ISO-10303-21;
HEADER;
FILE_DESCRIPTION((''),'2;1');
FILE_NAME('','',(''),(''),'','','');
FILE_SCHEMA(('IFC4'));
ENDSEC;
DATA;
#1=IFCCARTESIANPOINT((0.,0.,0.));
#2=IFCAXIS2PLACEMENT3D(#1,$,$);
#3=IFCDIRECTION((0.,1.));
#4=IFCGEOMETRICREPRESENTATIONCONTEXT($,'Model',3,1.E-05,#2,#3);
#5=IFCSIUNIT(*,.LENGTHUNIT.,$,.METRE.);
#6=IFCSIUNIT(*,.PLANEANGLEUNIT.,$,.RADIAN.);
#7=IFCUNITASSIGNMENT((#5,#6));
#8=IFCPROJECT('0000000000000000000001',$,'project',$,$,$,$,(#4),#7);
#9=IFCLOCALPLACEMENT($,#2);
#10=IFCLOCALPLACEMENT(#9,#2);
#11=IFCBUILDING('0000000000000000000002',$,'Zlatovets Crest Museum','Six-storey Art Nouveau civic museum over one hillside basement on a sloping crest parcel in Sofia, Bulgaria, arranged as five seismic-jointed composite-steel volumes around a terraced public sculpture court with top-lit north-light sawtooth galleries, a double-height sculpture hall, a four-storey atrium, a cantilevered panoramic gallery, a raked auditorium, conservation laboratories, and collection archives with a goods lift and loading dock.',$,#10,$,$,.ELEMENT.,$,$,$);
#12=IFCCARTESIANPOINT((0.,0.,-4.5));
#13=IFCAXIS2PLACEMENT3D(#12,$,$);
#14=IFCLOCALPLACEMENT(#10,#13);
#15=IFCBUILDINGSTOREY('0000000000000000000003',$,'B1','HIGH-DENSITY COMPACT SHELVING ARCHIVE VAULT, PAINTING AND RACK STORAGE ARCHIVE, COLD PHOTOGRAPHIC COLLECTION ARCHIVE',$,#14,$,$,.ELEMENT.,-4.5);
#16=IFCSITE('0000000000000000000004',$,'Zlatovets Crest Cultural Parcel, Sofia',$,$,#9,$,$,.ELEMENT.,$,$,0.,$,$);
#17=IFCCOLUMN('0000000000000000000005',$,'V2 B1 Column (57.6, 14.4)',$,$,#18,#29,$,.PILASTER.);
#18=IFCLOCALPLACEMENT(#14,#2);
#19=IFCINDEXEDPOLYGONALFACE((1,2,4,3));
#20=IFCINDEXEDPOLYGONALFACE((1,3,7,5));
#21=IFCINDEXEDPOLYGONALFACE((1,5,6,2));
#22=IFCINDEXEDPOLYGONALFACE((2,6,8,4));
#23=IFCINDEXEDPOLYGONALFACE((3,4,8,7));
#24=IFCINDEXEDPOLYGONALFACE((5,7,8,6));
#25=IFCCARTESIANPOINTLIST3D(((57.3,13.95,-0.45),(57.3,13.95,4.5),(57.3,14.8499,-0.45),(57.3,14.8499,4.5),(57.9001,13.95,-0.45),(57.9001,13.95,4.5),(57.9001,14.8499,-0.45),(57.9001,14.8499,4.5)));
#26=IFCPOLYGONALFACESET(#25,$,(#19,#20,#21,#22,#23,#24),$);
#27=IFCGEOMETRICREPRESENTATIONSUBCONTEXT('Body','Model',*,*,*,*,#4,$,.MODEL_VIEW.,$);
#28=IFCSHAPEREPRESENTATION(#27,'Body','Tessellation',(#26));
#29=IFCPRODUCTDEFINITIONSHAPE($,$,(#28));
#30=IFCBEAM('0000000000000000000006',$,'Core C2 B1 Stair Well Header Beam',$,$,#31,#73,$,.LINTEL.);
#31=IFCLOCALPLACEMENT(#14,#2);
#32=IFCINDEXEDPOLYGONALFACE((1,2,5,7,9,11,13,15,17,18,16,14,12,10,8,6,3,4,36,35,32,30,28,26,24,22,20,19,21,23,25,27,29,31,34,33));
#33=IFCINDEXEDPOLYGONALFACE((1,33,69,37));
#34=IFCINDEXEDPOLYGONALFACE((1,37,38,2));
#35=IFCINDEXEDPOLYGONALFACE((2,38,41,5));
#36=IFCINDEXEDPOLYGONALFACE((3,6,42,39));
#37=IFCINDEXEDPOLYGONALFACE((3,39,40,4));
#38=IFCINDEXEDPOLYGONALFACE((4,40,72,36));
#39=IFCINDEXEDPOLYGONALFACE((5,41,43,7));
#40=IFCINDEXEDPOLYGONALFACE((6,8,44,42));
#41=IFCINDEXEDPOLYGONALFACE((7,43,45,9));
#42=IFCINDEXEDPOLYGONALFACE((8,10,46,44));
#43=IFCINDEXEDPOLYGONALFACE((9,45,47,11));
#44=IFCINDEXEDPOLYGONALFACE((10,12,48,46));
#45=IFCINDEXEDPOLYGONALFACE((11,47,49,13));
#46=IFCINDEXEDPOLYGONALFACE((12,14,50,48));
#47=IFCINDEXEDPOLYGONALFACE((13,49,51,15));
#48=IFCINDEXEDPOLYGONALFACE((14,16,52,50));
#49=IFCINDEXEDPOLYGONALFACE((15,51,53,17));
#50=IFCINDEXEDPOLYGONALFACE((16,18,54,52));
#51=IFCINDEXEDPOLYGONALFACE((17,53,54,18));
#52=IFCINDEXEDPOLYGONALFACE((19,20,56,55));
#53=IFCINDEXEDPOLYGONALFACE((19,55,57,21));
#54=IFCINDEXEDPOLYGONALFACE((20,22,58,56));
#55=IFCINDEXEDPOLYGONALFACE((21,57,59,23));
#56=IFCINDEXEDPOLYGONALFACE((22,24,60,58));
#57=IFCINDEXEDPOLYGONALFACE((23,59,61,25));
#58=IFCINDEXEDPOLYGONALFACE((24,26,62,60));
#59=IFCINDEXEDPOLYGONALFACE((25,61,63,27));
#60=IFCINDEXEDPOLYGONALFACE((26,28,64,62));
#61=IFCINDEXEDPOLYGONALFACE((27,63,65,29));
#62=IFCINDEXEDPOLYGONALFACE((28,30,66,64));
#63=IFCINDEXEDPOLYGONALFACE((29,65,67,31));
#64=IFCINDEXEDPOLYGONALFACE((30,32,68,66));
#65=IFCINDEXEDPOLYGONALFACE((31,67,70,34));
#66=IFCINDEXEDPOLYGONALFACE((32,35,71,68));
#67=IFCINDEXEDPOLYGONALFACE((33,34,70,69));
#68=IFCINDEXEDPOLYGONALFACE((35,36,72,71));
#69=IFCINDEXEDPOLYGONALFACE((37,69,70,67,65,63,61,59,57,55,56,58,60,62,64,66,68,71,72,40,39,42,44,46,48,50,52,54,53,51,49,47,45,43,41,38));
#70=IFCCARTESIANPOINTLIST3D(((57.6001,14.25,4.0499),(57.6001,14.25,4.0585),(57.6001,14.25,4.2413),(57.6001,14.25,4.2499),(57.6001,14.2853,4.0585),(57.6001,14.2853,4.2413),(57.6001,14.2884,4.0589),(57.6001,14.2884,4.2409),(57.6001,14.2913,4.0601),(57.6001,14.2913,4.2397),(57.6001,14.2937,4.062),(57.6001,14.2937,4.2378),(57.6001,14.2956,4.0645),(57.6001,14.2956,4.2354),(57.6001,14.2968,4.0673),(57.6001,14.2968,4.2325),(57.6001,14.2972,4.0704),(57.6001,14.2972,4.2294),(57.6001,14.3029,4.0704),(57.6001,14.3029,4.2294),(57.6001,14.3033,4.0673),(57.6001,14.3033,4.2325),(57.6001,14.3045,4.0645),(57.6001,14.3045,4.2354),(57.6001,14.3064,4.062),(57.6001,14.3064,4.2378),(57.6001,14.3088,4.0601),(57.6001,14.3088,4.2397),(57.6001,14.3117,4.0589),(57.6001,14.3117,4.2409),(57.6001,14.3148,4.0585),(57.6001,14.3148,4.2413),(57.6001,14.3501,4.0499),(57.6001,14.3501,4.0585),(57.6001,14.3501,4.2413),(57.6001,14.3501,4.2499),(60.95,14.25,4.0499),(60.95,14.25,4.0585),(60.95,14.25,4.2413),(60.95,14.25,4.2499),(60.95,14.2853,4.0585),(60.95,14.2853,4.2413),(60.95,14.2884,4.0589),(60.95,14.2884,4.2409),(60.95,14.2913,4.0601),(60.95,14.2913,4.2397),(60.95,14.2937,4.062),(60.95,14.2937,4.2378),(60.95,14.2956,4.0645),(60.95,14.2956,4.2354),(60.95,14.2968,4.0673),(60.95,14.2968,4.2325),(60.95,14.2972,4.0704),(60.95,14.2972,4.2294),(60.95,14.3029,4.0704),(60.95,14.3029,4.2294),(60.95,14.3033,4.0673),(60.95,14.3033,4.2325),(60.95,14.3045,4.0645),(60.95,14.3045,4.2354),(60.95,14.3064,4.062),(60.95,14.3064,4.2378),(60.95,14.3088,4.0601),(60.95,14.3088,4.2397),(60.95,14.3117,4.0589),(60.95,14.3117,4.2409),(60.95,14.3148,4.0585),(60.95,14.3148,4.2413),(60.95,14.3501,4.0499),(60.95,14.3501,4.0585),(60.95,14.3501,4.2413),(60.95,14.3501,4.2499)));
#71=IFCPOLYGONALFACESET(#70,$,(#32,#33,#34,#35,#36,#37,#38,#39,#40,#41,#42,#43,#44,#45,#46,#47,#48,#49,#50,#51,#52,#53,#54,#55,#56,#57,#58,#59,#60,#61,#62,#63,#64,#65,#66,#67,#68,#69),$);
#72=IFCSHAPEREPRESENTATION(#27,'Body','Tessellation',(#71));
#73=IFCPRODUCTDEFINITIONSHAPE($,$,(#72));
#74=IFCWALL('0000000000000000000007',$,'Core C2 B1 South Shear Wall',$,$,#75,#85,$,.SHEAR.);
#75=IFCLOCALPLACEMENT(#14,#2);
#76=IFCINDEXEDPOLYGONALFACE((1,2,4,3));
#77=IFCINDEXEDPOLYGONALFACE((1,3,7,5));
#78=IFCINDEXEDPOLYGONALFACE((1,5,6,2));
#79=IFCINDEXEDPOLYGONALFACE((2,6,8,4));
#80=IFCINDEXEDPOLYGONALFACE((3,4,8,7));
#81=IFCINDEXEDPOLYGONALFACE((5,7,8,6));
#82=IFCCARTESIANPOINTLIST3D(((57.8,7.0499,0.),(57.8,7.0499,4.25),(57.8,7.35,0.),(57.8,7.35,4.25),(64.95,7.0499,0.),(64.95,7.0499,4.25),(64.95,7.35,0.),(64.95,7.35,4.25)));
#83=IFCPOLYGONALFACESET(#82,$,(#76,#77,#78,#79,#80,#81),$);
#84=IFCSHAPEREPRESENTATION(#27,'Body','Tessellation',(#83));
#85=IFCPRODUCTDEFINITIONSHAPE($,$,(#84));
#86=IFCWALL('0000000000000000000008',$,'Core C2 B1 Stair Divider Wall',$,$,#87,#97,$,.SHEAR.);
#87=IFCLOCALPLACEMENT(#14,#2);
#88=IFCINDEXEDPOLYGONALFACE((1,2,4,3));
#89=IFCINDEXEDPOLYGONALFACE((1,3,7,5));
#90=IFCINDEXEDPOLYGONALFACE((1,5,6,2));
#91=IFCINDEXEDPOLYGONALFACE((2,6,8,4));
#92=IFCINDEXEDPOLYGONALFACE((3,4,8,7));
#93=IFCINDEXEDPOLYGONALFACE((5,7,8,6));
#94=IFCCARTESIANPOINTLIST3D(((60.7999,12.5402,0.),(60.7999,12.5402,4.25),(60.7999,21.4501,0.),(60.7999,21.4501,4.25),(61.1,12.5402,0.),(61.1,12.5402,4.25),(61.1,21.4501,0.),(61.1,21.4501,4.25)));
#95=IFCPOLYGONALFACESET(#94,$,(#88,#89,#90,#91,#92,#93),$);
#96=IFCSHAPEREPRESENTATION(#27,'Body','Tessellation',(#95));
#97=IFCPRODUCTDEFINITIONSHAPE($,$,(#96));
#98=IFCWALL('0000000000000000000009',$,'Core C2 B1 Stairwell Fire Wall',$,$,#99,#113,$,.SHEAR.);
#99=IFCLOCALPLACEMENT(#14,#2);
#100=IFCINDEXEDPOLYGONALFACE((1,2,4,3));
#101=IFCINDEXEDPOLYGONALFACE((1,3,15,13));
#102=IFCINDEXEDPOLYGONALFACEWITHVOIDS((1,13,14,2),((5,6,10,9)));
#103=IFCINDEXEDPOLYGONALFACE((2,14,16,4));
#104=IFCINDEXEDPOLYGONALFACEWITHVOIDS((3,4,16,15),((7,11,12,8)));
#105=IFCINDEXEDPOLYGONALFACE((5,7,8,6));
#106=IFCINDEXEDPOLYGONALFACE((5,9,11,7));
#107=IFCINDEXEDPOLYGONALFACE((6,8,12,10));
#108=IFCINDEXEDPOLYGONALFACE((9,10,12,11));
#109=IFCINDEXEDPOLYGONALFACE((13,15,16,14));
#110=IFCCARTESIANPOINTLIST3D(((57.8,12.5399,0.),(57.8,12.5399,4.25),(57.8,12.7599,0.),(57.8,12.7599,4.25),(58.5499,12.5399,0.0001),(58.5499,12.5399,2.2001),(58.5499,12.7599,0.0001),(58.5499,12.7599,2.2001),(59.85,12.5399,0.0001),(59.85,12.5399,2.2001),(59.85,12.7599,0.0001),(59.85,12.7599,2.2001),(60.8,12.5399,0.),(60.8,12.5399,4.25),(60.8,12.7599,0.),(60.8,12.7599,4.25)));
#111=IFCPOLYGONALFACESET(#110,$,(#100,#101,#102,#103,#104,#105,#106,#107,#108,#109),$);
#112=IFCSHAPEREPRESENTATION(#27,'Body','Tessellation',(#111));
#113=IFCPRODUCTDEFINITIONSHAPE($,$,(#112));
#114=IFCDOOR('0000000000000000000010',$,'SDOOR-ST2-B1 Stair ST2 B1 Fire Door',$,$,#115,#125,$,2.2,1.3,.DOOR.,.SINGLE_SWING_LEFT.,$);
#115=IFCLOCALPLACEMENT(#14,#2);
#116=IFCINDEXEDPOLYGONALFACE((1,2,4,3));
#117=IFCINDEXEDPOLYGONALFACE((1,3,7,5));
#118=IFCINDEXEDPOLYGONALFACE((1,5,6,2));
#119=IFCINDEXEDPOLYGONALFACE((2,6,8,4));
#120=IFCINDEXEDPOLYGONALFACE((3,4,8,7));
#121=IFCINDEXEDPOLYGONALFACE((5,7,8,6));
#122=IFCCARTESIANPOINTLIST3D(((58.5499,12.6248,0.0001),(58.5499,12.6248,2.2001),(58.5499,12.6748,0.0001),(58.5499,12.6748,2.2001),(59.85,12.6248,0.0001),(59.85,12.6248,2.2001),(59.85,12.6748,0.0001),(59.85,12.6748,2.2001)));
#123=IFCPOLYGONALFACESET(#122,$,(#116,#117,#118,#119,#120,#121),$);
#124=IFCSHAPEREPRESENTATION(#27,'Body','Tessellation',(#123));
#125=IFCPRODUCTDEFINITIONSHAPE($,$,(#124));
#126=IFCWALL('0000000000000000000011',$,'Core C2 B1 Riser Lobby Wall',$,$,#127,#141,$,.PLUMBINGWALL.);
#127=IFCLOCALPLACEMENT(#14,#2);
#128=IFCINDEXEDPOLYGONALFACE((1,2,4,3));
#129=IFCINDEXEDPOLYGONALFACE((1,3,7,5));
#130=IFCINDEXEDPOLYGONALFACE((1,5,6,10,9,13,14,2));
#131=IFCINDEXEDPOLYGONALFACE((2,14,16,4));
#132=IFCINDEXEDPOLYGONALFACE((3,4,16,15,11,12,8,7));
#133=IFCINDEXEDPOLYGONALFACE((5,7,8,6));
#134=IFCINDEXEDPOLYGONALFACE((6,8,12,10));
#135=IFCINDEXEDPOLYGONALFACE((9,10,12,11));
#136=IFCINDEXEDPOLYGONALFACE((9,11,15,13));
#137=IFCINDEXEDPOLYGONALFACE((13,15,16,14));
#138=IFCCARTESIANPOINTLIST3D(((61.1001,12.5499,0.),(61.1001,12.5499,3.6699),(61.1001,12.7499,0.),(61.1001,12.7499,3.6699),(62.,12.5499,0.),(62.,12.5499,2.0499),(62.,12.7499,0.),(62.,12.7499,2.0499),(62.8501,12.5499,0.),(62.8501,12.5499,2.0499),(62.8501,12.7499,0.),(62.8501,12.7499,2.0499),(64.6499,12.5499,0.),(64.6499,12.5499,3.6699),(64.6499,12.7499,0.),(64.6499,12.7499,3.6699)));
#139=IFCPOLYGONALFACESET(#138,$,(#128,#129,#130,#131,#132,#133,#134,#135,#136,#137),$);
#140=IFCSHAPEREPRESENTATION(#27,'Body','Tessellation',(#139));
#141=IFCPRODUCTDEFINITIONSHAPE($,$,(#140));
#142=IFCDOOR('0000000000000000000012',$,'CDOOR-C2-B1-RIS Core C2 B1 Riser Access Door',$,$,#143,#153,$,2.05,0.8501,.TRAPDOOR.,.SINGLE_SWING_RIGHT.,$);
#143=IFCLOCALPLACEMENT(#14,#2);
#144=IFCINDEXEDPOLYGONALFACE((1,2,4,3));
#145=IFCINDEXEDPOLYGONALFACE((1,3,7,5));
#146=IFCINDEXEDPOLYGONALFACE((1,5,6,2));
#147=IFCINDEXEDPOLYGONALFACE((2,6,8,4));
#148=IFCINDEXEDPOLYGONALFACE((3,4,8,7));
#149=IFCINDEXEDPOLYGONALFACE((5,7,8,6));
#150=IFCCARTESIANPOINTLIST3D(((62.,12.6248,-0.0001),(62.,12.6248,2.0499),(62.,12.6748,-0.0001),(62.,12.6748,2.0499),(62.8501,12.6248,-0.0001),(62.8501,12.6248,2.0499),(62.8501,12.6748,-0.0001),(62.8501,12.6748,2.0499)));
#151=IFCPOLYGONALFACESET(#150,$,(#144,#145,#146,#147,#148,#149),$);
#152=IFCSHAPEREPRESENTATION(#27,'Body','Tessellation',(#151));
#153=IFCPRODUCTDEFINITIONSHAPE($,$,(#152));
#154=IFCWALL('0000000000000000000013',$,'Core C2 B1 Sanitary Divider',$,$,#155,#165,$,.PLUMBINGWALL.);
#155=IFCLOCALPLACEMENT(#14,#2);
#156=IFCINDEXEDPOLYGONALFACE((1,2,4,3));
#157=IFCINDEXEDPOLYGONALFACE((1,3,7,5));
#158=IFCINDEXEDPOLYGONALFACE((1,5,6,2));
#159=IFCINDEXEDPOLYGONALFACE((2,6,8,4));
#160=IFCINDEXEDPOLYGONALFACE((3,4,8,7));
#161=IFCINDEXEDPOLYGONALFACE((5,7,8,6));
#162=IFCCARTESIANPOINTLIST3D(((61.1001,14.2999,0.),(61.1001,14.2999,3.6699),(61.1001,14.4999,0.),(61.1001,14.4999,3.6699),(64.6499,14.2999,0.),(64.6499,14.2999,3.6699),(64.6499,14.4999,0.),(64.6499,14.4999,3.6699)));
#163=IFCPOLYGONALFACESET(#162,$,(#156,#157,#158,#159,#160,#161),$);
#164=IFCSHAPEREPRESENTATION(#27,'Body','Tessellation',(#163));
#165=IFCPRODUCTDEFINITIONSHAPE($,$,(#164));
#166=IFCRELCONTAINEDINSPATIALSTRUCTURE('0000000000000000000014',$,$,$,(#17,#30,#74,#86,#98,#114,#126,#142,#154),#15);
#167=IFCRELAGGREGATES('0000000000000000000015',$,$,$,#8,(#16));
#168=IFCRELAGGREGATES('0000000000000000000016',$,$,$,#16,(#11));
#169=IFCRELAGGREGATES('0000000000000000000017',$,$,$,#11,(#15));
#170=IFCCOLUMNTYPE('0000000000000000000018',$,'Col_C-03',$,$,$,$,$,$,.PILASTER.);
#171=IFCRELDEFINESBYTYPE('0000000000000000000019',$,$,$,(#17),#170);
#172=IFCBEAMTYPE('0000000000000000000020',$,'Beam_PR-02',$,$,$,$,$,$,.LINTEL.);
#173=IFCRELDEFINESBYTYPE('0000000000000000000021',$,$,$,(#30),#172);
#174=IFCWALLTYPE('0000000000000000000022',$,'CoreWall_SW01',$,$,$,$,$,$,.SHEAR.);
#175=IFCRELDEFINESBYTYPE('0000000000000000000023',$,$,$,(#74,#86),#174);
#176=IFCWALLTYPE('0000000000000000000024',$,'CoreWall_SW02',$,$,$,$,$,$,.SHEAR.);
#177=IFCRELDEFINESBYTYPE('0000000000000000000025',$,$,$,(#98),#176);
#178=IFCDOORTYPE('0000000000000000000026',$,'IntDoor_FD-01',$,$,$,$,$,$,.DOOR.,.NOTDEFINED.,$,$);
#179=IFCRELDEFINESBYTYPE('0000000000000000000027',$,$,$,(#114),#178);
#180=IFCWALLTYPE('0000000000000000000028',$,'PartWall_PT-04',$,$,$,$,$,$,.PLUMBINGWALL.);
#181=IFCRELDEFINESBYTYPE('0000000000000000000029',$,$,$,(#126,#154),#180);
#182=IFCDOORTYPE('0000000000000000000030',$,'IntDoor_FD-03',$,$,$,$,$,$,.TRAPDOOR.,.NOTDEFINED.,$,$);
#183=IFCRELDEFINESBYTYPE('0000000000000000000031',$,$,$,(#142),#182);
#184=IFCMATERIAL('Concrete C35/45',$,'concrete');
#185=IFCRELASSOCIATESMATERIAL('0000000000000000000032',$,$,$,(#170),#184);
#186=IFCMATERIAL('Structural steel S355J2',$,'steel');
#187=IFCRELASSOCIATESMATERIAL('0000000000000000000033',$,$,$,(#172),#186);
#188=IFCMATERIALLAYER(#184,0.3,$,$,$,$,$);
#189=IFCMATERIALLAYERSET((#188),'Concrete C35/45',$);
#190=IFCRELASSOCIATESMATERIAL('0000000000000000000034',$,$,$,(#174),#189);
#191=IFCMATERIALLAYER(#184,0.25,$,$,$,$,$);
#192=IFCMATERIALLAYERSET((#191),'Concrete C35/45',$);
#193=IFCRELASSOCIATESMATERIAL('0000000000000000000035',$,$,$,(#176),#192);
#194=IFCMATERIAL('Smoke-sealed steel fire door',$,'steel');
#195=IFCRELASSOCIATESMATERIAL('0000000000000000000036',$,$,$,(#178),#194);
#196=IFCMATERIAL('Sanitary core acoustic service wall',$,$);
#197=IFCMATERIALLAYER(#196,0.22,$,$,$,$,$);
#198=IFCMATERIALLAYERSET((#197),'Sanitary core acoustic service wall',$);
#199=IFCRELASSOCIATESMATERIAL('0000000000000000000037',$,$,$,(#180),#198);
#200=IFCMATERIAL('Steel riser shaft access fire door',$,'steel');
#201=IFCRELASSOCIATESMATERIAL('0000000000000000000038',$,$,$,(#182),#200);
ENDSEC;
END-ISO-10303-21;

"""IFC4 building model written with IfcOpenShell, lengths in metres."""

from ifc_helpers import new_model, si_unit, direction, frame, frame_2d, origin, origin_2d, place, context, subcontext, project, spatial, rectangle, i_section, extrude, material, layer, layer_set, material_profile, profile_set, type_object, element, fill, save


model = new_model("IFC4")

# Units and contexts
model_context = context("Model", 3, precision=1e-05, world=origin(), true_north=direction((0.0, 1.0)))
body_context = subcontext(model_context, "Body", "Model", "MODEL_VIEW")
ifc_project = project(units=[si_unit("LENGTHUNIT", "METRE"), si_unit("PLANEANGLEUNIT", "RADIAN")], contexts=[model_context])

# Site, building, storey
site_placement = place(None, origin())
site = spatial("IfcSite", under=ifc_project, at=site_placement, Name="Zlatovets Crest Cultural Parcel, Sofia", CompositionType="ELEMENT", RefElevation=0.0)
building_placement = place(site_placement, origin())
building = spatial("IfcBuilding", under=site, at=building_placement, Name="Zlatovets Crest Museum", Description="Six-storey Art Nouveau civic museum over one hillside basement on a sloping crest parcel in Sofia, Bulgaria, arranged as five seismic-jointed composite-steel volumes around a terraced public sculpture court with top-lit north-light sawtooth galleries, a double-height sculpture hall, a four-storey atrium, a cantilevered panoramic gallery, a raked auditorium, conservation laboratories, and collection archives with a goods lift and loading dock.", CompositionType="ELEMENT")
storey_placement = place(building_placement, frame((0.0, 0.0, -4.5)))
storey = spatial("IfcBuildingStorey", under=building, at=storey_placement, Name="B1", Description="HIGH-DENSITY COMPACT SHELVING ARCHIVE VAULT, PAINTING AND RACK STORAGE ARCHIVE, COLD PHOTOGRAPHIC COLLECTION ARCHIVE", CompositionType="ELEMENT", Elevation=-4.5)

# Shared definitions
ifc_material_1 = material(Name="Concrete C35/45", Category="concrete")

# Column
ifc_material_profile_1 = material_profile(ifc_material_1, rectangle(XDim=0.6001, YDim=0.8999, at=origin_2d()), Name="RC 600x900")
ifc_profile_set_1 = profile_set([ifc_material_profile_1], Name="Concrete C35/45")
column_type = type_object("IfcColumnType", Name="Col_C-03", PredefinedType="PILASTER", material=ifc_profile_set_1)
for number, where, z_axis, x_axis, name in (
    (1, (57.6001, 14.3999, -0.45), (0.0, 0.0, 1.0), (1.0, 0.0, 0.0), "V2 B1 Column (57.6, 14.4)"),
):
    element("IfcColumn", number, at=place(storey_placement, frame(where, z_axis=z_axis, x_axis=x_axis)), inside=storey, type_object=column_type, Name=name, PredefinedType="PILASTER", context=body_context, shape_type="SweptSolid", body=[
        extrude(rectangle(XDim=0.6001, YDim=0.8999, at=origin_2d()), origin(), (0.0, 0.0, 1.0), 4.95),
    ])

# Beam
ifc_material_2 = material(Name="Structural steel S355J2", Category="steel")
ifc_material_profile_2 = material_profile(ifc_material_2, i_section(OverallWidth=0.1001, OverallDepth=0.2, WebThickness=0.0056, FlangeThickness=0.0085, FilletRadius=0.012, at=origin_2d()), Name="IPE 200")
ifc_profile_set_2 = profile_set([ifc_material_profile_2], Name="Structural steel S355J2")
beam_type = type_object("IfcBeamType", Name="Beam_PR-02", PredefinedType="LINTEL", material=ifc_profile_set_2)
beam_placement = place(storey_placement, frame((57.6001, 14.3, 4.1499), z_axis=(1.0, 0.0, 0.0), x_axis=(0.0, 1.0, 0.0)))
element("IfcBeam", 2, at=beam_placement, inside=storey, type_object=beam_type, Name="Core C2 B1 Stair Well Header Beam", PredefinedType="LINTEL", context=body_context, shape_type="SweptSolid", body=[
    extrude(i_section(OverallWidth=0.1001, OverallDepth=0.2, WebThickness=0.0056, FlangeThickness=0.0085, FilletRadius=0.012, at=origin_2d()), origin(), (0.0, 0.0, 1.0), 3.3499),
])

# Walls
ifc_layer_1 = layer(ifc_material_1, 0.3)
ifc_layer_set_1 = layer_set([ifc_layer_1], Name="Concrete C35/45")
wall_type_1 = type_object("IfcWallType", Name="CoreWall_SW01", PredefinedType="SHEAR", material=ifc_layer_set_1)
wall_1_placement = place(storey_placement, frame((57.8, 7.2, 0.0), z_axis=(0.0, 0.0, 1.0), x_axis=(1.0, 0.0, 0.0)))
element("IfcWall", 3, at=wall_1_placement, inside=storey, type_object=wall_type_1, Name="Core C2 B1 South Shear Wall", PredefinedType="SHEAR", context=body_context, shape_type="SweptSolid", body=[
    extrude(rectangle(XDim=7.1499, YDim=0.3, at=frame_2d((3.575, 0.0))), origin(), (0.0, 0.0, 1.0), 4.25),
])
wall_2_placement = place(storey_placement, frame((60.95, 12.54, 0.0), z_axis=(0.0, 0.0, 1.0), x_axis=(0.0, 1.0, 0.0)))
element("IfcWall", 4, at=wall_2_placement, inside=storey, type_object=wall_type_1, Name="Core C2 B1 Stair Divider Wall", PredefinedType="SHEAR", context=body_context, shape_type="SweptSolid", body=[
    extrude(rectangle(XDim=8.9099, YDim=0.3, at=frame_2d((4.4551, 0.0))), origin(), (0.0, 0.0, 1.0), 4.25),
])

# Walls, openings, doors
ifc_layer_2 = layer(ifc_material_1, 0.25)
ifc_layer_set_2 = layer_set([ifc_layer_2], Name="Concrete C35/45")
wall_type_2 = type_object("IfcWallType", Name="CoreWall_SW02", PredefinedType="SHEAR", material=ifc_layer_set_2)
wall_3_placement = place(storey_placement, frame((57.8, 12.6499, 0.0), z_axis=(0.0, 0.0, 1.0), x_axis=(1.0, 0.0, 0.0)))
wall_3 = element("IfcWall", 5, at=wall_3_placement, inside=storey, type_object=wall_type_2, Name="Core C2 B1 Stairwell Fire Wall", PredefinedType="SHEAR", context=body_context, shape_type="SweptSolid", body=[
    extrude(rectangle(XDim=3.0, YDim=0.22, at=frame_2d((1.5, 0.0))), origin(), (0.0, 0.0, 1.0), 4.25),
])
opening_1_placement = place(wall_3_placement, frame((0.75, 0.0, 0.0)))
opening_1 = element("IfcOpeningElement", 6, at=opening_1_placement, cuts=wall_3, PredefinedType="OPENING", context=body_context, shape_type="SweptSolid", body=[
    extrude(rectangle(XDim=1.3, YDim=2.2, at=frame_2d((0.6499, 1.1001))), frame((0.0, 0.1201, 0.0), z_axis=(0.0, -1.0, 0.0), x_axis=(1.0, 0.0, 0.0)), (0.0, 0.0, 1.0), 0.24),
])
ifc_material_3 = material(Name="Smoke-sealed steel fire door", Category="steel")
door_type_1 = type_object("IfcDoorType", Name="IntDoor_FD-01", OperationType="NOTDEFINED", PredefinedType="DOOR", material=ifc_material_3)
door_1_placement = place(opening_1_placement, origin())
door_1 = element("IfcDoor", 7, at=door_1_placement, inside=storey, type_object=door_type_1, Name="SDOOR-ST2-B1 Stair ST2 B1 Fire Door", OperationType="SINGLE_SWING_LEFT", OverallHeight=2.2, OverallWidth=1.3, PredefinedType="DOOR", context=body_context, shape_type="SweptSolid", body=[
    extrude(rectangle(XDim=1.3, YDim=2.2, at=frame_2d((0.6499, 1.1001))), frame((0.0, 0.0249, 0.0), z_axis=(0.0, -1.0, 0.0), x_axis=(1.0, 0.0, 0.0)), (0.0, 0.0, 1.0), 0.05),
])
fill(opening_1, door_1)
ifc_material_4 = material(Name="Sanitary core acoustic service wall")
ifc_layer_3 = layer(ifc_material_4, 0.22)
ifc_layer_set_3 = layer_set([ifc_layer_3], Name="Sanitary core acoustic service wall")
wall_type_3 = type_object("IfcWallType", Name="PartWall_PT-04", PredefinedType="PLUMBINGWALL", material=ifc_layer_set_3)
wall_4_placement = place(storey_placement, frame((61.1001, 12.6499, 0.0), z_axis=(0.0, 0.0, 1.0), x_axis=(1.0, 0.0, 0.0)))
wall_4 = element("IfcWall", 8, at=wall_4_placement, inside=storey, type_object=wall_type_3, Name="Core C2 B1 Riser Lobby Wall", PredefinedType="PLUMBINGWALL", context=body_context, shape_type="SweptSolid", body=[
    extrude(rectangle(XDim=3.5498, YDim=0.2, at=frame_2d((1.7749, 0.0))), origin(), (0.0, 0.0, 1.0), 3.6699),
])
opening_2_placement = place(wall_4_placement, frame((0.8999, 0.0, 0.0)))
opening_2 = element("IfcOpeningElement", 9, at=opening_2_placement, cuts=wall_4, PredefinedType="OPENING", context=body_context, shape_type="SweptSolid", body=[
    extrude(rectangle(XDim=0.8501, YDim=2.05, at=frame_2d((0.425, 1.0249))), frame((0.0, 0.1099, 0.0), z_axis=(0.0, -1.0, 0.0), x_axis=(1.0, 0.0, 0.0)), (0.0, 0.0, 1.0), 0.22),
])
ifc_material_5 = material(Name="Steel riser shaft access fire door", Category="steel")
door_type_2 = type_object("IfcDoorType", Name="IntDoor_FD-03", OperationType="NOTDEFINED", PredefinedType="TRAPDOOR", material=ifc_material_5)
door_2_placement = place(opening_2_placement, origin())
door_2 = element("IfcDoor", 10, at=door_2_placement, inside=storey, type_object=door_type_2, Name="CDOOR-C2-B1-RIS Core C2 B1 Riser Access Door", OperationType="SINGLE_SWING_RIGHT", OverallHeight=2.05, OverallWidth=0.8501, PredefinedType="TRAPDOOR", context=body_context, shape_type="SweptSolid", body=[
    extrude(rectangle(XDim=0.8501, YDim=2.05, at=frame_2d((0.425, 1.0249))), frame((0.0, 0.0249, 0.0), z_axis=(0.0, -1.0, 0.0), x_axis=(1.0, 0.0, 0.0)), (0.0, 0.0, 1.0), 0.05),
])
fill(opening_2, door_2)

# Wall
wall_5_placement = place(storey_placement, frame((61.1001, 14.3999, 0.0), z_axis=(0.0, 0.0, 1.0), x_axis=(1.0, 0.0, 0.0)))
element("IfcWall", 11, at=wall_5_placement, inside=storey, type_object=wall_type_3, Name="Core C2 B1 Sanitary Divider", PredefinedType="PLUMBINGWALL", context=body_context, shape_type="SweptSolid", body=[
    extrude(rectangle(XDim=3.5498, YDim=0.2, at=frame_2d((1.7749, 0.0))), origin(), (0.0, 0.0, 1.0), 3.6699),
])

save(model, "model.ifc")
